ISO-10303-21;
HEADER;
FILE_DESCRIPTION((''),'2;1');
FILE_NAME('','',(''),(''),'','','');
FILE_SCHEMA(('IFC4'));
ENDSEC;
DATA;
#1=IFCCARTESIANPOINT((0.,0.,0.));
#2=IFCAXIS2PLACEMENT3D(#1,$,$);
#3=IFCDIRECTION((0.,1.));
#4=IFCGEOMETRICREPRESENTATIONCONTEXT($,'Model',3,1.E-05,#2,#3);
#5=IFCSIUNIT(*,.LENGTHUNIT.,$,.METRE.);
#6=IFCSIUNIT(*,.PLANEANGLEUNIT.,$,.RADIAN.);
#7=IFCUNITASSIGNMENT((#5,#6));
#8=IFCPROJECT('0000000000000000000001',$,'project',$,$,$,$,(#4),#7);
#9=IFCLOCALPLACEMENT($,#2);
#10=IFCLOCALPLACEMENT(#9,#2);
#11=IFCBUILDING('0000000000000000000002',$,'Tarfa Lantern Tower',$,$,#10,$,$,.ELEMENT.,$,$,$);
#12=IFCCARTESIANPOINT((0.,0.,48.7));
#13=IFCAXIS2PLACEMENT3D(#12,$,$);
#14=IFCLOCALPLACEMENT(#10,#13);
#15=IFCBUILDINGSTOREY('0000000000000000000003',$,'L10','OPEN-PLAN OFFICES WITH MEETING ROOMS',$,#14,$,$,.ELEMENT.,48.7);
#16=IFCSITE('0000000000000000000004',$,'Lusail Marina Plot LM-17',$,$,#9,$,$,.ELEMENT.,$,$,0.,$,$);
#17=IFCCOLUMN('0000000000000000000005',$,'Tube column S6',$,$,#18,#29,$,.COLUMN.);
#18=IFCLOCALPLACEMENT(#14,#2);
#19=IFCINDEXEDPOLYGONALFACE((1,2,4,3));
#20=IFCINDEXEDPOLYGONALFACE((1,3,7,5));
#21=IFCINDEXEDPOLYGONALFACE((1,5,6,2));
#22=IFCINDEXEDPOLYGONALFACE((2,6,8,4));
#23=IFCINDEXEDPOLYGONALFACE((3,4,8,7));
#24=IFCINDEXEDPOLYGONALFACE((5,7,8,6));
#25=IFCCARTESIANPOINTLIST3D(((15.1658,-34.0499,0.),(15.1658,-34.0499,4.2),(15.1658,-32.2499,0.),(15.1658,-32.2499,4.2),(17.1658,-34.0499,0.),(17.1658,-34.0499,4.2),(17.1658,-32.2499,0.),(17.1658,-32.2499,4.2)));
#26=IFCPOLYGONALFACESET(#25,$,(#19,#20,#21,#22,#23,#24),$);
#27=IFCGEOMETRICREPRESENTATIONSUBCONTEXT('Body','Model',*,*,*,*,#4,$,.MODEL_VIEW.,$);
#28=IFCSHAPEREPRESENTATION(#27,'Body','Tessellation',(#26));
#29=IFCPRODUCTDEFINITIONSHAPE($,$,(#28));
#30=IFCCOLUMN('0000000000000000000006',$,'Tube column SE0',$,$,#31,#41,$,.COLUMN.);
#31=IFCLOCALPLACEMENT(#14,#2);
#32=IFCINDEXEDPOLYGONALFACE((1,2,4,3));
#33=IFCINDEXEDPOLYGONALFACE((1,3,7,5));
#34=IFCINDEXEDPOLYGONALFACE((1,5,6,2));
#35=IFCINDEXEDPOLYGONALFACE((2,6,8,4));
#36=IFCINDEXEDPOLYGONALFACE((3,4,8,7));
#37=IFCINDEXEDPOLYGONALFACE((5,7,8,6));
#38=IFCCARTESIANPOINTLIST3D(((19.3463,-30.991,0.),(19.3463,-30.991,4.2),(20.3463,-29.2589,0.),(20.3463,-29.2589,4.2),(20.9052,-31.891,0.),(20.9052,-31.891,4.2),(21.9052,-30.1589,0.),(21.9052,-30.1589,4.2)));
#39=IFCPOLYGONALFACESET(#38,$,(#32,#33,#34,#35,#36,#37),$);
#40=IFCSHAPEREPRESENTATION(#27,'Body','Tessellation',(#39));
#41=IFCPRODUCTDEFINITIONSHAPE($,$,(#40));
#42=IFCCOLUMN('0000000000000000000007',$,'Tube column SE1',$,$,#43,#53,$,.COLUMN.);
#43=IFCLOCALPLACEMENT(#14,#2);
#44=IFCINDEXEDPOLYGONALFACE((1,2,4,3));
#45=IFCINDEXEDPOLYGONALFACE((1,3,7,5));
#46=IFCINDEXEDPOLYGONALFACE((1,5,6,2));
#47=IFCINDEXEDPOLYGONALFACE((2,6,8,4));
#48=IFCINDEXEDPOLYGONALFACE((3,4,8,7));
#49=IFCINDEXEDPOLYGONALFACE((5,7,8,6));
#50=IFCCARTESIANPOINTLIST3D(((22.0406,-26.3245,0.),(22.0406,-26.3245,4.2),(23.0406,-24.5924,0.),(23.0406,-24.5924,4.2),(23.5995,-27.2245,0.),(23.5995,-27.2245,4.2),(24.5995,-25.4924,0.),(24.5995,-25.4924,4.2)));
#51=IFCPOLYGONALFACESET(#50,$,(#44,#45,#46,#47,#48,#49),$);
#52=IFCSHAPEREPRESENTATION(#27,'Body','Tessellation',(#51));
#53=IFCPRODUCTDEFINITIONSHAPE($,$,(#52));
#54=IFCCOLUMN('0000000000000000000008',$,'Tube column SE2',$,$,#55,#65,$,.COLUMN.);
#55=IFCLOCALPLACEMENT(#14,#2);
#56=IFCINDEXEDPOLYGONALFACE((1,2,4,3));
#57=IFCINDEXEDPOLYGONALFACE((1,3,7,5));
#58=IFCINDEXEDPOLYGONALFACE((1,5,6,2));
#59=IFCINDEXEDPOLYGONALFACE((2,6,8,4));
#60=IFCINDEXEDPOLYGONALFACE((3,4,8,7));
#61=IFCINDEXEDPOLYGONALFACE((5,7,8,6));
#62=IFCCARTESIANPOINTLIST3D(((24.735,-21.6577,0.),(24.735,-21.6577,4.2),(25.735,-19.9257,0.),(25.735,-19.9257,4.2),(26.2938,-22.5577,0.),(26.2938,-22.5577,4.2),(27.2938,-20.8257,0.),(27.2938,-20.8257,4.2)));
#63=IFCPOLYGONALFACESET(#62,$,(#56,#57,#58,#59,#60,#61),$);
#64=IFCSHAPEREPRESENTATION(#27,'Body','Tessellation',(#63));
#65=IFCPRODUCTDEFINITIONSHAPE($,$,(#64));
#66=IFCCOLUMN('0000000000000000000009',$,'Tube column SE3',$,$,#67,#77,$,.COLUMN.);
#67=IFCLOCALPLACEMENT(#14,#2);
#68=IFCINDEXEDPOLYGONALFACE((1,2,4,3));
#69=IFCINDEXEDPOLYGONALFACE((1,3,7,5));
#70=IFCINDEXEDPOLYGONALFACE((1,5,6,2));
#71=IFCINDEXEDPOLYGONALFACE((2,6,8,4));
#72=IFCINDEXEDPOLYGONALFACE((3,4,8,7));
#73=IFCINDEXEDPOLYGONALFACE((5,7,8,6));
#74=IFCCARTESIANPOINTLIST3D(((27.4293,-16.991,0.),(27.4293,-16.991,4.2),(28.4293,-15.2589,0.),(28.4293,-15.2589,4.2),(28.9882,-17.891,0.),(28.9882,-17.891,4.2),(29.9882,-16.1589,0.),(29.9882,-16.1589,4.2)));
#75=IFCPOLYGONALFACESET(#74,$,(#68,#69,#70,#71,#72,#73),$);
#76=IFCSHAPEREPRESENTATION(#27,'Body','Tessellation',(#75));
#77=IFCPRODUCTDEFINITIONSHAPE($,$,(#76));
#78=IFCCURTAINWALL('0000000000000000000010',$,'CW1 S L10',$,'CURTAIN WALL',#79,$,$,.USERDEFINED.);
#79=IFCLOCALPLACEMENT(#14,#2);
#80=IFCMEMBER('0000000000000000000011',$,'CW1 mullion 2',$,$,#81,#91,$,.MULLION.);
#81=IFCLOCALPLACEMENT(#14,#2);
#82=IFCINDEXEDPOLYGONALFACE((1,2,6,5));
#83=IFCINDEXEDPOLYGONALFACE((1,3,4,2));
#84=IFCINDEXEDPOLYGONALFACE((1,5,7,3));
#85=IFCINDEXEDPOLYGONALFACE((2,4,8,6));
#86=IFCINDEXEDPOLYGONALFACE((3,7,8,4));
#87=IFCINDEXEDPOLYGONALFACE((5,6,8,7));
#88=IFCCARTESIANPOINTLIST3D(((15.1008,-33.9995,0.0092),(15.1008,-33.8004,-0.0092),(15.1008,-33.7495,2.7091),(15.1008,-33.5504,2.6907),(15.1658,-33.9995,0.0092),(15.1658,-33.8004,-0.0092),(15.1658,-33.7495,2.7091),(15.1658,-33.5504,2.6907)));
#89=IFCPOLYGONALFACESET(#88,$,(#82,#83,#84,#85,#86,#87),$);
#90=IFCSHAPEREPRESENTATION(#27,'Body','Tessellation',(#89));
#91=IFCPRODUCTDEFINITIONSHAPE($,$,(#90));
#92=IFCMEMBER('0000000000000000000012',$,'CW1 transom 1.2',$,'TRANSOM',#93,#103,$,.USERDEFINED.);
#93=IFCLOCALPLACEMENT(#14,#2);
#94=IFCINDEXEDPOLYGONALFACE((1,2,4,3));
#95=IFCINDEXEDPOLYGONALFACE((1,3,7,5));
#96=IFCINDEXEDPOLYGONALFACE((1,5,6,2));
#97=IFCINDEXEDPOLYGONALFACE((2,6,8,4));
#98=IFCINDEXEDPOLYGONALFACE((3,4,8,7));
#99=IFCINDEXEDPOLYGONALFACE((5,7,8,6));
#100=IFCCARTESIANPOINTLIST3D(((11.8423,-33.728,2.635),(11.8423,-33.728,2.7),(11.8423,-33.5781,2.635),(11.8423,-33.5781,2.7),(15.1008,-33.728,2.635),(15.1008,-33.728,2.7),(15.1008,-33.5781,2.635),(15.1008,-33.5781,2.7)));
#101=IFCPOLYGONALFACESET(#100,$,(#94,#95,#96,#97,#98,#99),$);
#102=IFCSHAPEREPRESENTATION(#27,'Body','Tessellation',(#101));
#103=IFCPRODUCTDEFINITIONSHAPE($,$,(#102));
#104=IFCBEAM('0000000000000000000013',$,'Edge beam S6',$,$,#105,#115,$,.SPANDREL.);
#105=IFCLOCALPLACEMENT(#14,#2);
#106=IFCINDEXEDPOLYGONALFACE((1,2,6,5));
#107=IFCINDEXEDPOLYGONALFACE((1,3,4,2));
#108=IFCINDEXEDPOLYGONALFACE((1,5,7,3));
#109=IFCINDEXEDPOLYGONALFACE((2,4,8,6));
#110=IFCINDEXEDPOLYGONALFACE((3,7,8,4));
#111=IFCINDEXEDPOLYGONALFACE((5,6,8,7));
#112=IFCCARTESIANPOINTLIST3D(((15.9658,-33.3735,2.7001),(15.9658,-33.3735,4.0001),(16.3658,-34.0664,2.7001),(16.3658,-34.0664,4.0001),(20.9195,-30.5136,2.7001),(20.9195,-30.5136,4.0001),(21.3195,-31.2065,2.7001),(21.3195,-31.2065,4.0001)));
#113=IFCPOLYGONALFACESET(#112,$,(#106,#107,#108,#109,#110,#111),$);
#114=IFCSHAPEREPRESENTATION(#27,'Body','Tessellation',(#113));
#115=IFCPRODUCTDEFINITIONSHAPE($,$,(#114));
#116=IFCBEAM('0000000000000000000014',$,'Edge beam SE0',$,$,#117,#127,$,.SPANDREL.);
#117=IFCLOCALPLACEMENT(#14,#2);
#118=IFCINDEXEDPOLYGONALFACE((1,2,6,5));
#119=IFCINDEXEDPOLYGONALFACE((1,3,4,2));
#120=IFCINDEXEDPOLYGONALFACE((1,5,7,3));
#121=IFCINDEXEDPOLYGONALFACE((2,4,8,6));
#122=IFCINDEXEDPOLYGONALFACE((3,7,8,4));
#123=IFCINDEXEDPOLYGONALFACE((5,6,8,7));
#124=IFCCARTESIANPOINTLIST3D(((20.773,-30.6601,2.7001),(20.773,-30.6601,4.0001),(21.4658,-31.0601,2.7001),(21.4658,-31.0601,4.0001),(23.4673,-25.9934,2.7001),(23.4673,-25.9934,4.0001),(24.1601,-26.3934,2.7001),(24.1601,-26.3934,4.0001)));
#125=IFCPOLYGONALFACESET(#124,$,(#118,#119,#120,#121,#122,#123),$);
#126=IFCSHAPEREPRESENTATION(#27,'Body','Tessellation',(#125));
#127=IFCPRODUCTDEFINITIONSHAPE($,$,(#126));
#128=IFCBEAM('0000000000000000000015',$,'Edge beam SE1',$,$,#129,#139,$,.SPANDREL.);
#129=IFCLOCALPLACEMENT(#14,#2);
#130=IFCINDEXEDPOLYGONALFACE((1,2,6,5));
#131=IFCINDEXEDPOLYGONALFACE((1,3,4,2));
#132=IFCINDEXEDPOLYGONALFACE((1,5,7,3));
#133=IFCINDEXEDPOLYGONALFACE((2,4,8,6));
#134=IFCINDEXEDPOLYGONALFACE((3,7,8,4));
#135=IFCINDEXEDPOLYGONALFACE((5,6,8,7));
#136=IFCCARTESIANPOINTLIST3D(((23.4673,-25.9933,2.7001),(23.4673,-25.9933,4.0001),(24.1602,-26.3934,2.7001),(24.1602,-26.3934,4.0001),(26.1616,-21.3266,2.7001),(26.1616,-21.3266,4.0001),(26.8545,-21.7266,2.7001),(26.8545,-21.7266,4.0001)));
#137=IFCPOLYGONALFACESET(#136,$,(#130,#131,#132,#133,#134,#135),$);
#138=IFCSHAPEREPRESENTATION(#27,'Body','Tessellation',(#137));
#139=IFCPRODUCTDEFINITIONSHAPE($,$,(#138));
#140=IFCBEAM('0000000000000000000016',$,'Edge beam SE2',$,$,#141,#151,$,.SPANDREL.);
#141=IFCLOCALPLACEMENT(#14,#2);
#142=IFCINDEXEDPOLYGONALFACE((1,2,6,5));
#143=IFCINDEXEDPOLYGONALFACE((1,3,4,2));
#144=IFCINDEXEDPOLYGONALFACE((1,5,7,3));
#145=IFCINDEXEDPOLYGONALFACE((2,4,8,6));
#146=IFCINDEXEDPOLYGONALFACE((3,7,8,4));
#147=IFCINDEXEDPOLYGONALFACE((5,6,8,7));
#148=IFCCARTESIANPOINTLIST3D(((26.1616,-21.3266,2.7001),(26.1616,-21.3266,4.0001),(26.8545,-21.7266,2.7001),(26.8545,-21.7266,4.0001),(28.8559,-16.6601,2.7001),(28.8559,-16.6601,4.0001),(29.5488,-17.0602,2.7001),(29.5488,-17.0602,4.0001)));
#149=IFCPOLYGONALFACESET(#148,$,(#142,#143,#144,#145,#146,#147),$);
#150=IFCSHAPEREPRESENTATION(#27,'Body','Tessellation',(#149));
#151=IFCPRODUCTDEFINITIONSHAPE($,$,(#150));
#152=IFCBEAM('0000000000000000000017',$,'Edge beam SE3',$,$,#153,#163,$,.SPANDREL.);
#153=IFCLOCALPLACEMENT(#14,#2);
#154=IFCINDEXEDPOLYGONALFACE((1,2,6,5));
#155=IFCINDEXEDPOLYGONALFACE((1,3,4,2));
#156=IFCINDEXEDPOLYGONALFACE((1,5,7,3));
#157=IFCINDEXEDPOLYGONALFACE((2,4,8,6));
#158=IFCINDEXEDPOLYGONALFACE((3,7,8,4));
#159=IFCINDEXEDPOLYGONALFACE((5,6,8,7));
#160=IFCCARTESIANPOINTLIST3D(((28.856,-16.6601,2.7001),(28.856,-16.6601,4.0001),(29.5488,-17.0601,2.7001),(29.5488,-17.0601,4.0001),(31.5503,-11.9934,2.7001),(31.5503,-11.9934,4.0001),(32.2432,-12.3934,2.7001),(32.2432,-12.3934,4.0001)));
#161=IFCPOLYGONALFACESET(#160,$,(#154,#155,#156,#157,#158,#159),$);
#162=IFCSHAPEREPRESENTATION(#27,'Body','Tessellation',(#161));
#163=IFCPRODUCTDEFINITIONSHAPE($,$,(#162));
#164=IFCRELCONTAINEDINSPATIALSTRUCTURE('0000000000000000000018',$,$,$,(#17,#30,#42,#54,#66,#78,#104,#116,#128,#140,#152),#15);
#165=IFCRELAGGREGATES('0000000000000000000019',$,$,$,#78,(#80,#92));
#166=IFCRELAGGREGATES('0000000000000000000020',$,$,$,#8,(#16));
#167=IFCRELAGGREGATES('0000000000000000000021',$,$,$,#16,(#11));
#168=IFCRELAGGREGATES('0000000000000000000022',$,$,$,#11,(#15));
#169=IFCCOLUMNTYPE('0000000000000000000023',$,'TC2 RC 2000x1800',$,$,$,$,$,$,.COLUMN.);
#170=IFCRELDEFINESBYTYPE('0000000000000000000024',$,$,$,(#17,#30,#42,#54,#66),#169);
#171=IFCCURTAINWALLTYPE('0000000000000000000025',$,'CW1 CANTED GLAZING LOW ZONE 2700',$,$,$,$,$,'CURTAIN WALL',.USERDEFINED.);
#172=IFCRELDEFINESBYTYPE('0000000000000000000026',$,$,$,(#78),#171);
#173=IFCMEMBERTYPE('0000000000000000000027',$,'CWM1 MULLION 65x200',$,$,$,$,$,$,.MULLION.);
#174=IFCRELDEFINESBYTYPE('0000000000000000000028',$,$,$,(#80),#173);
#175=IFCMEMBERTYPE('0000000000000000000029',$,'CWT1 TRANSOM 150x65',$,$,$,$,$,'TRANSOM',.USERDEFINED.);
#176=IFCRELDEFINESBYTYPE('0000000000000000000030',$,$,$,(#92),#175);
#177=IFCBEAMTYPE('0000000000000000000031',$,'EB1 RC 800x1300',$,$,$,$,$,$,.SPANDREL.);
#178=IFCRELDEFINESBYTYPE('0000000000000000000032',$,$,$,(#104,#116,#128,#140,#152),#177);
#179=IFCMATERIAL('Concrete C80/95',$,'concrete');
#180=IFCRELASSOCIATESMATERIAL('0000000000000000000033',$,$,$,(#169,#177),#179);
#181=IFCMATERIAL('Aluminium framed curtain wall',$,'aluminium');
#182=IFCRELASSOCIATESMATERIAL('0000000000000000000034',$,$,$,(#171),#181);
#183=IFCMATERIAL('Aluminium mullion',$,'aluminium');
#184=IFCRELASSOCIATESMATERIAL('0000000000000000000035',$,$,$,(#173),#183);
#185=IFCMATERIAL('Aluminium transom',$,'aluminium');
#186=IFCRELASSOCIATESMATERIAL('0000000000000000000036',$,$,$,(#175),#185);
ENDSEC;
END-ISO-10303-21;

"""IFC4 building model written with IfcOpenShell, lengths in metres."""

from ifc_helpers import new_model, si_unit, direction, frame, origin, origin_2d, place, context, subcontext, project, spatial, rectangle, extrude, material, material_profile, profile_set, type_object, element, aggregate, save


model = new_model("IFC4")

# Units and contexts
model_context = context("Model", 3, precision=1e-05, world=origin(), true_north=direction((0.0, 1.0)))
body_context = subcontext(model_context, "Body", "Model", "MODEL_VIEW")
ifc_project = project(units=[si_unit("LENGTHUNIT", "METRE"), si_unit("PLANEANGLEUNIT", "RADIAN")], contexts=[model_context])

# Site, building, storey
site_placement = place(None, origin())
site = spatial("IfcSite", under=ifc_project, at=site_placement, Name="Lusail Marina Plot LM-17", CompositionType="ELEMENT", RefElevation=0.0)
building_placement = place(site_placement, origin())
building = spatial("IfcBuilding", under=site, at=building_placement, Name="Tarfa Lantern Tower", CompositionType="ELEMENT")
storey_placement = place(building_placement, frame((0.0, 0.0, 48.7)))
storey = spatial("IfcBuildingStorey", under=building, at=storey_placement, Name="L10", Description="OPEN-PLAN OFFICES WITH MEETING ROOMS", CompositionType="ELEMENT", Elevation=48.7)

# Columns
ifc_material_1 = material(Name="Concrete C80/95", Category="concrete")
ifc_material_profile_1 = material_profile(ifc_material_1, rectangle(XDim=2.0, YDim=1.8, at=origin_2d()), Name="RC 2000x1800")
ifc_profile_set_1 = profile_set([ifc_material_profile_1], Name="Concrete C80/95")
column_type = type_object("IfcColumnType", Name="TC2 RC 2000x1800", PredefinedType="COLUMN", material=ifc_profile_set_1)
for number, where, z_axis, x_axis, name in (
    (1, (16.1658, -33.1499, 0.0), (0.0, 0.0, 1.0), (1.0, 0.0, 0.0), "Tube column S6"),
    (2, (20.6257, -30.575, 0.0), (0.0, 0.0, 1.0), (0.5, 0.866025, 0.0), "Tube column SE0"),
    (3, (23.3201, -25.9084, 0.0), (0.0, 0.0, 1.0), (0.5, 0.866025, 0.0), "Tube column SE1"),
    (4, (26.0144, -21.2417, 0.0), (0.0, 0.0, 1.0), (0.5, 0.866025, 0.0), "Tube column SE2"),
    (5, (28.7087, -16.575, 0.0), (0.0, 0.0, 1.0), (0.5, 0.866025, 0.0), "Tube column SE3"),
):
    element("IfcColumn", number, at=place(storey_placement, frame(where, z_axis=z_axis, x_axis=x_axis)), inside=storey, type_object=column_type, Name=name, PredefinedType="COLUMN", context=body_context, shape_type="SweptSolid", body=[
        extrude(rectangle(XDim=2.0, YDim=1.8, at=origin_2d()), origin(), (0.0, 0.0, 1.0), 4.2),
    ])

# Curtain wall, members
ifc_material_2 = material(Name="Aluminium framed curtain wall", Category="aluminium")
curtain_wall_type = type_object("IfcCurtainWallType", Name="CW1 CANTED GLAZING LOW ZONE 2700", ElementType="CURTAIN WALL", PredefinedType="USERDEFINED", material=ifc_material_2)
curtain_wall_placement = place(storey_placement, origin())
curtain_wall = element("IfcCurtainWall", 6, at=curtain_wall_placement, inside=storey, type_object=curtain_wall_type, Name="CW1 S L10", ObjectType="CURTAIN WALL", PredefinedType="USERDEFINED")
ifc_material_3 = material(Name="Aluminium mullion", Category="aluminium")
ifc_material_profile_2 = material_profile(ifc_material_3, rectangle(XDim=0.0649, YDim=0.2, at=origin_2d()), Name="AL MULLION 65x200")
ifc_profile_set_2 = profile_set([ifc_material_profile_2], Name="Aluminium mullion")
member_type_1 = type_object("IfcMemberType", Name="CWM1 MULLION 65x200", PredefinedType="MULLION", material=ifc_profile_set_2)
member_1_placement = place(storey_placement, frame((15.1333, -33.8999, 0.0), z_axis=(0.0, 0.0922, 0.995741), x_axis=(-1.0, 0.0, 0.0)))
member_1 = element("IfcMember", 7, at=member_1_placement, type_object=member_type_1, Name="CW1 mullion 2", PredefinedType="MULLION", context=body_context, shape_type="SweptSolid", body=[
    extrude(rectangle(XDim=0.0649, YDim=0.2, at=origin_2d()), origin(), (0.0, 0.0, 1.0), 2.7114),
])
ifc_material_4 = material(Name="Aluminium transom", Category="aluminium")
ifc_material_profile_3 = material_profile(ifc_material_4, rectangle(XDim=0.1499, YDim=0.0649, at=origin_2d()), Name="AL TRANSOM 150x65")
ifc_profile_set_3 = profile_set([ifc_material_profile_3], Name="Aluminium transom")
member_type_2 = type_object("IfcMemberType", Name="CWT1 TRANSOM 150x65", ElementType="TRANSOM", PredefinedType="USERDEFINED", material=ifc_profile_set_3)
member_2_placement = place(storey_placement, frame((11.8423, -33.6531, 2.6675), z_axis=(1.0, 0.0, 0.0), x_axis=(0.0, 1.0, 0.0)))
member_2 = element("IfcMember", 8, at=member_2_placement, type_object=member_type_2, Name="CW1 transom 1.2", ObjectType="TRANSOM", PredefinedType="USERDEFINED", context=body_context, shape_type="SweptSolid", body=[
    extrude(rectangle(XDim=0.1499, YDim=0.0649, at=origin_2d()), origin(), (0.0, 0.0, 1.0), 3.2585),
])
aggregate(curtain_wall, [member_1, member_2])

# Beams
ifc_material_profile_4 = material_profile(ifc_material_1, rectangle(XDim=0.8, YDim=1.3, at=origin_2d()), Name="RC 800x1300")
ifc_profile_set_4 = profile_set([ifc_material_profile_4], Name="Concrete C80/95")
beam_type_1 = type_object("IfcBeamType", Name="EB1 RC 800x1300", PredefinedType="SPANDREL", material=ifc_profile_set_4)
beam_1_placement = place(storey_placement, frame((16.1658, -33.72, 3.3501), z_axis=(0.866033, 0.499986, 0.0), x_axis=(-0.499986, 0.866033, 0.0)))
element("IfcBeam", 9, at=beam_1_placement, inside=storey, type_object=beam_type_1, Name="Edge beam S6", PredefinedType="SPANDREL", context=body_context, shape_type="SweptSolid", body=[
    extrude(rectangle(XDim=0.8, YDim=1.3, at=origin_2d()), origin(), (0.0, 0.0, 1.0), 5.72),
])
for number, where, z_axis, x_axis, name in (
    (10, (21.1194, -30.8601, 3.3501), (0.499998, 0.866026, 0.0), (-0.866026, 0.499998, 0.0), "Edge beam SE0"),
    (11, (23.8137, -26.1934, 3.3501), (0.499998, 0.866026, 0.0), (-0.866026, 0.499998, 0.0), "Edge beam SE1"),
):
    element("IfcBeam", number, at=place(storey_placement, frame(where, z_axis=z_axis, x_axis=x_axis)), inside=storey, type_object=beam_type_1, Name=name, PredefinedType="SPANDREL", context=body_context, shape_type="SweptSolid", body=[
        extrude(rectangle(XDim=0.8, YDim=1.3, at=origin_2d()), origin(), (0.0, 0.0, 1.0), 5.3887),
    ])
beam_2_placement = place(storey_placement, frame((26.5081, -21.5266, 3.3501), z_axis=(0.500018, 0.866015, 0.0), x_axis=(-0.866015, 0.500018, 0.0)))
element("IfcBeam", 12, at=beam_2_placement, inside=storey, type_object=beam_type_1, Name="Edge beam SE2", PredefinedType="SPANDREL", context=body_context, shape_type="SweptSolid", body=[
    extrude(rectangle(XDim=0.8, YDim=1.3, at=origin_2d()), origin(), (0.0, 0.0, 1.0), 5.3884),
])
beam_3_placement = place(storey_placement, frame((29.2024, -16.8601, 3.3501), z_axis=(0.499998, 0.866026, 0.0), x_axis=(-0.866026, 0.499998, 0.0)))
element("IfcBeam", 13, at=beam_3_placement, inside=storey, type_object=beam_type_1, Name="Edge beam SE3", PredefinedType="SPANDREL", context=body_context, shape_type="SweptSolid", body=[
    extrude(rectangle(XDim=0.8, YDim=1.3, at=origin_2d()), origin(), (0.0, 0.0, 1.0), 5.3887),
])

save(model, "model.ifc")
